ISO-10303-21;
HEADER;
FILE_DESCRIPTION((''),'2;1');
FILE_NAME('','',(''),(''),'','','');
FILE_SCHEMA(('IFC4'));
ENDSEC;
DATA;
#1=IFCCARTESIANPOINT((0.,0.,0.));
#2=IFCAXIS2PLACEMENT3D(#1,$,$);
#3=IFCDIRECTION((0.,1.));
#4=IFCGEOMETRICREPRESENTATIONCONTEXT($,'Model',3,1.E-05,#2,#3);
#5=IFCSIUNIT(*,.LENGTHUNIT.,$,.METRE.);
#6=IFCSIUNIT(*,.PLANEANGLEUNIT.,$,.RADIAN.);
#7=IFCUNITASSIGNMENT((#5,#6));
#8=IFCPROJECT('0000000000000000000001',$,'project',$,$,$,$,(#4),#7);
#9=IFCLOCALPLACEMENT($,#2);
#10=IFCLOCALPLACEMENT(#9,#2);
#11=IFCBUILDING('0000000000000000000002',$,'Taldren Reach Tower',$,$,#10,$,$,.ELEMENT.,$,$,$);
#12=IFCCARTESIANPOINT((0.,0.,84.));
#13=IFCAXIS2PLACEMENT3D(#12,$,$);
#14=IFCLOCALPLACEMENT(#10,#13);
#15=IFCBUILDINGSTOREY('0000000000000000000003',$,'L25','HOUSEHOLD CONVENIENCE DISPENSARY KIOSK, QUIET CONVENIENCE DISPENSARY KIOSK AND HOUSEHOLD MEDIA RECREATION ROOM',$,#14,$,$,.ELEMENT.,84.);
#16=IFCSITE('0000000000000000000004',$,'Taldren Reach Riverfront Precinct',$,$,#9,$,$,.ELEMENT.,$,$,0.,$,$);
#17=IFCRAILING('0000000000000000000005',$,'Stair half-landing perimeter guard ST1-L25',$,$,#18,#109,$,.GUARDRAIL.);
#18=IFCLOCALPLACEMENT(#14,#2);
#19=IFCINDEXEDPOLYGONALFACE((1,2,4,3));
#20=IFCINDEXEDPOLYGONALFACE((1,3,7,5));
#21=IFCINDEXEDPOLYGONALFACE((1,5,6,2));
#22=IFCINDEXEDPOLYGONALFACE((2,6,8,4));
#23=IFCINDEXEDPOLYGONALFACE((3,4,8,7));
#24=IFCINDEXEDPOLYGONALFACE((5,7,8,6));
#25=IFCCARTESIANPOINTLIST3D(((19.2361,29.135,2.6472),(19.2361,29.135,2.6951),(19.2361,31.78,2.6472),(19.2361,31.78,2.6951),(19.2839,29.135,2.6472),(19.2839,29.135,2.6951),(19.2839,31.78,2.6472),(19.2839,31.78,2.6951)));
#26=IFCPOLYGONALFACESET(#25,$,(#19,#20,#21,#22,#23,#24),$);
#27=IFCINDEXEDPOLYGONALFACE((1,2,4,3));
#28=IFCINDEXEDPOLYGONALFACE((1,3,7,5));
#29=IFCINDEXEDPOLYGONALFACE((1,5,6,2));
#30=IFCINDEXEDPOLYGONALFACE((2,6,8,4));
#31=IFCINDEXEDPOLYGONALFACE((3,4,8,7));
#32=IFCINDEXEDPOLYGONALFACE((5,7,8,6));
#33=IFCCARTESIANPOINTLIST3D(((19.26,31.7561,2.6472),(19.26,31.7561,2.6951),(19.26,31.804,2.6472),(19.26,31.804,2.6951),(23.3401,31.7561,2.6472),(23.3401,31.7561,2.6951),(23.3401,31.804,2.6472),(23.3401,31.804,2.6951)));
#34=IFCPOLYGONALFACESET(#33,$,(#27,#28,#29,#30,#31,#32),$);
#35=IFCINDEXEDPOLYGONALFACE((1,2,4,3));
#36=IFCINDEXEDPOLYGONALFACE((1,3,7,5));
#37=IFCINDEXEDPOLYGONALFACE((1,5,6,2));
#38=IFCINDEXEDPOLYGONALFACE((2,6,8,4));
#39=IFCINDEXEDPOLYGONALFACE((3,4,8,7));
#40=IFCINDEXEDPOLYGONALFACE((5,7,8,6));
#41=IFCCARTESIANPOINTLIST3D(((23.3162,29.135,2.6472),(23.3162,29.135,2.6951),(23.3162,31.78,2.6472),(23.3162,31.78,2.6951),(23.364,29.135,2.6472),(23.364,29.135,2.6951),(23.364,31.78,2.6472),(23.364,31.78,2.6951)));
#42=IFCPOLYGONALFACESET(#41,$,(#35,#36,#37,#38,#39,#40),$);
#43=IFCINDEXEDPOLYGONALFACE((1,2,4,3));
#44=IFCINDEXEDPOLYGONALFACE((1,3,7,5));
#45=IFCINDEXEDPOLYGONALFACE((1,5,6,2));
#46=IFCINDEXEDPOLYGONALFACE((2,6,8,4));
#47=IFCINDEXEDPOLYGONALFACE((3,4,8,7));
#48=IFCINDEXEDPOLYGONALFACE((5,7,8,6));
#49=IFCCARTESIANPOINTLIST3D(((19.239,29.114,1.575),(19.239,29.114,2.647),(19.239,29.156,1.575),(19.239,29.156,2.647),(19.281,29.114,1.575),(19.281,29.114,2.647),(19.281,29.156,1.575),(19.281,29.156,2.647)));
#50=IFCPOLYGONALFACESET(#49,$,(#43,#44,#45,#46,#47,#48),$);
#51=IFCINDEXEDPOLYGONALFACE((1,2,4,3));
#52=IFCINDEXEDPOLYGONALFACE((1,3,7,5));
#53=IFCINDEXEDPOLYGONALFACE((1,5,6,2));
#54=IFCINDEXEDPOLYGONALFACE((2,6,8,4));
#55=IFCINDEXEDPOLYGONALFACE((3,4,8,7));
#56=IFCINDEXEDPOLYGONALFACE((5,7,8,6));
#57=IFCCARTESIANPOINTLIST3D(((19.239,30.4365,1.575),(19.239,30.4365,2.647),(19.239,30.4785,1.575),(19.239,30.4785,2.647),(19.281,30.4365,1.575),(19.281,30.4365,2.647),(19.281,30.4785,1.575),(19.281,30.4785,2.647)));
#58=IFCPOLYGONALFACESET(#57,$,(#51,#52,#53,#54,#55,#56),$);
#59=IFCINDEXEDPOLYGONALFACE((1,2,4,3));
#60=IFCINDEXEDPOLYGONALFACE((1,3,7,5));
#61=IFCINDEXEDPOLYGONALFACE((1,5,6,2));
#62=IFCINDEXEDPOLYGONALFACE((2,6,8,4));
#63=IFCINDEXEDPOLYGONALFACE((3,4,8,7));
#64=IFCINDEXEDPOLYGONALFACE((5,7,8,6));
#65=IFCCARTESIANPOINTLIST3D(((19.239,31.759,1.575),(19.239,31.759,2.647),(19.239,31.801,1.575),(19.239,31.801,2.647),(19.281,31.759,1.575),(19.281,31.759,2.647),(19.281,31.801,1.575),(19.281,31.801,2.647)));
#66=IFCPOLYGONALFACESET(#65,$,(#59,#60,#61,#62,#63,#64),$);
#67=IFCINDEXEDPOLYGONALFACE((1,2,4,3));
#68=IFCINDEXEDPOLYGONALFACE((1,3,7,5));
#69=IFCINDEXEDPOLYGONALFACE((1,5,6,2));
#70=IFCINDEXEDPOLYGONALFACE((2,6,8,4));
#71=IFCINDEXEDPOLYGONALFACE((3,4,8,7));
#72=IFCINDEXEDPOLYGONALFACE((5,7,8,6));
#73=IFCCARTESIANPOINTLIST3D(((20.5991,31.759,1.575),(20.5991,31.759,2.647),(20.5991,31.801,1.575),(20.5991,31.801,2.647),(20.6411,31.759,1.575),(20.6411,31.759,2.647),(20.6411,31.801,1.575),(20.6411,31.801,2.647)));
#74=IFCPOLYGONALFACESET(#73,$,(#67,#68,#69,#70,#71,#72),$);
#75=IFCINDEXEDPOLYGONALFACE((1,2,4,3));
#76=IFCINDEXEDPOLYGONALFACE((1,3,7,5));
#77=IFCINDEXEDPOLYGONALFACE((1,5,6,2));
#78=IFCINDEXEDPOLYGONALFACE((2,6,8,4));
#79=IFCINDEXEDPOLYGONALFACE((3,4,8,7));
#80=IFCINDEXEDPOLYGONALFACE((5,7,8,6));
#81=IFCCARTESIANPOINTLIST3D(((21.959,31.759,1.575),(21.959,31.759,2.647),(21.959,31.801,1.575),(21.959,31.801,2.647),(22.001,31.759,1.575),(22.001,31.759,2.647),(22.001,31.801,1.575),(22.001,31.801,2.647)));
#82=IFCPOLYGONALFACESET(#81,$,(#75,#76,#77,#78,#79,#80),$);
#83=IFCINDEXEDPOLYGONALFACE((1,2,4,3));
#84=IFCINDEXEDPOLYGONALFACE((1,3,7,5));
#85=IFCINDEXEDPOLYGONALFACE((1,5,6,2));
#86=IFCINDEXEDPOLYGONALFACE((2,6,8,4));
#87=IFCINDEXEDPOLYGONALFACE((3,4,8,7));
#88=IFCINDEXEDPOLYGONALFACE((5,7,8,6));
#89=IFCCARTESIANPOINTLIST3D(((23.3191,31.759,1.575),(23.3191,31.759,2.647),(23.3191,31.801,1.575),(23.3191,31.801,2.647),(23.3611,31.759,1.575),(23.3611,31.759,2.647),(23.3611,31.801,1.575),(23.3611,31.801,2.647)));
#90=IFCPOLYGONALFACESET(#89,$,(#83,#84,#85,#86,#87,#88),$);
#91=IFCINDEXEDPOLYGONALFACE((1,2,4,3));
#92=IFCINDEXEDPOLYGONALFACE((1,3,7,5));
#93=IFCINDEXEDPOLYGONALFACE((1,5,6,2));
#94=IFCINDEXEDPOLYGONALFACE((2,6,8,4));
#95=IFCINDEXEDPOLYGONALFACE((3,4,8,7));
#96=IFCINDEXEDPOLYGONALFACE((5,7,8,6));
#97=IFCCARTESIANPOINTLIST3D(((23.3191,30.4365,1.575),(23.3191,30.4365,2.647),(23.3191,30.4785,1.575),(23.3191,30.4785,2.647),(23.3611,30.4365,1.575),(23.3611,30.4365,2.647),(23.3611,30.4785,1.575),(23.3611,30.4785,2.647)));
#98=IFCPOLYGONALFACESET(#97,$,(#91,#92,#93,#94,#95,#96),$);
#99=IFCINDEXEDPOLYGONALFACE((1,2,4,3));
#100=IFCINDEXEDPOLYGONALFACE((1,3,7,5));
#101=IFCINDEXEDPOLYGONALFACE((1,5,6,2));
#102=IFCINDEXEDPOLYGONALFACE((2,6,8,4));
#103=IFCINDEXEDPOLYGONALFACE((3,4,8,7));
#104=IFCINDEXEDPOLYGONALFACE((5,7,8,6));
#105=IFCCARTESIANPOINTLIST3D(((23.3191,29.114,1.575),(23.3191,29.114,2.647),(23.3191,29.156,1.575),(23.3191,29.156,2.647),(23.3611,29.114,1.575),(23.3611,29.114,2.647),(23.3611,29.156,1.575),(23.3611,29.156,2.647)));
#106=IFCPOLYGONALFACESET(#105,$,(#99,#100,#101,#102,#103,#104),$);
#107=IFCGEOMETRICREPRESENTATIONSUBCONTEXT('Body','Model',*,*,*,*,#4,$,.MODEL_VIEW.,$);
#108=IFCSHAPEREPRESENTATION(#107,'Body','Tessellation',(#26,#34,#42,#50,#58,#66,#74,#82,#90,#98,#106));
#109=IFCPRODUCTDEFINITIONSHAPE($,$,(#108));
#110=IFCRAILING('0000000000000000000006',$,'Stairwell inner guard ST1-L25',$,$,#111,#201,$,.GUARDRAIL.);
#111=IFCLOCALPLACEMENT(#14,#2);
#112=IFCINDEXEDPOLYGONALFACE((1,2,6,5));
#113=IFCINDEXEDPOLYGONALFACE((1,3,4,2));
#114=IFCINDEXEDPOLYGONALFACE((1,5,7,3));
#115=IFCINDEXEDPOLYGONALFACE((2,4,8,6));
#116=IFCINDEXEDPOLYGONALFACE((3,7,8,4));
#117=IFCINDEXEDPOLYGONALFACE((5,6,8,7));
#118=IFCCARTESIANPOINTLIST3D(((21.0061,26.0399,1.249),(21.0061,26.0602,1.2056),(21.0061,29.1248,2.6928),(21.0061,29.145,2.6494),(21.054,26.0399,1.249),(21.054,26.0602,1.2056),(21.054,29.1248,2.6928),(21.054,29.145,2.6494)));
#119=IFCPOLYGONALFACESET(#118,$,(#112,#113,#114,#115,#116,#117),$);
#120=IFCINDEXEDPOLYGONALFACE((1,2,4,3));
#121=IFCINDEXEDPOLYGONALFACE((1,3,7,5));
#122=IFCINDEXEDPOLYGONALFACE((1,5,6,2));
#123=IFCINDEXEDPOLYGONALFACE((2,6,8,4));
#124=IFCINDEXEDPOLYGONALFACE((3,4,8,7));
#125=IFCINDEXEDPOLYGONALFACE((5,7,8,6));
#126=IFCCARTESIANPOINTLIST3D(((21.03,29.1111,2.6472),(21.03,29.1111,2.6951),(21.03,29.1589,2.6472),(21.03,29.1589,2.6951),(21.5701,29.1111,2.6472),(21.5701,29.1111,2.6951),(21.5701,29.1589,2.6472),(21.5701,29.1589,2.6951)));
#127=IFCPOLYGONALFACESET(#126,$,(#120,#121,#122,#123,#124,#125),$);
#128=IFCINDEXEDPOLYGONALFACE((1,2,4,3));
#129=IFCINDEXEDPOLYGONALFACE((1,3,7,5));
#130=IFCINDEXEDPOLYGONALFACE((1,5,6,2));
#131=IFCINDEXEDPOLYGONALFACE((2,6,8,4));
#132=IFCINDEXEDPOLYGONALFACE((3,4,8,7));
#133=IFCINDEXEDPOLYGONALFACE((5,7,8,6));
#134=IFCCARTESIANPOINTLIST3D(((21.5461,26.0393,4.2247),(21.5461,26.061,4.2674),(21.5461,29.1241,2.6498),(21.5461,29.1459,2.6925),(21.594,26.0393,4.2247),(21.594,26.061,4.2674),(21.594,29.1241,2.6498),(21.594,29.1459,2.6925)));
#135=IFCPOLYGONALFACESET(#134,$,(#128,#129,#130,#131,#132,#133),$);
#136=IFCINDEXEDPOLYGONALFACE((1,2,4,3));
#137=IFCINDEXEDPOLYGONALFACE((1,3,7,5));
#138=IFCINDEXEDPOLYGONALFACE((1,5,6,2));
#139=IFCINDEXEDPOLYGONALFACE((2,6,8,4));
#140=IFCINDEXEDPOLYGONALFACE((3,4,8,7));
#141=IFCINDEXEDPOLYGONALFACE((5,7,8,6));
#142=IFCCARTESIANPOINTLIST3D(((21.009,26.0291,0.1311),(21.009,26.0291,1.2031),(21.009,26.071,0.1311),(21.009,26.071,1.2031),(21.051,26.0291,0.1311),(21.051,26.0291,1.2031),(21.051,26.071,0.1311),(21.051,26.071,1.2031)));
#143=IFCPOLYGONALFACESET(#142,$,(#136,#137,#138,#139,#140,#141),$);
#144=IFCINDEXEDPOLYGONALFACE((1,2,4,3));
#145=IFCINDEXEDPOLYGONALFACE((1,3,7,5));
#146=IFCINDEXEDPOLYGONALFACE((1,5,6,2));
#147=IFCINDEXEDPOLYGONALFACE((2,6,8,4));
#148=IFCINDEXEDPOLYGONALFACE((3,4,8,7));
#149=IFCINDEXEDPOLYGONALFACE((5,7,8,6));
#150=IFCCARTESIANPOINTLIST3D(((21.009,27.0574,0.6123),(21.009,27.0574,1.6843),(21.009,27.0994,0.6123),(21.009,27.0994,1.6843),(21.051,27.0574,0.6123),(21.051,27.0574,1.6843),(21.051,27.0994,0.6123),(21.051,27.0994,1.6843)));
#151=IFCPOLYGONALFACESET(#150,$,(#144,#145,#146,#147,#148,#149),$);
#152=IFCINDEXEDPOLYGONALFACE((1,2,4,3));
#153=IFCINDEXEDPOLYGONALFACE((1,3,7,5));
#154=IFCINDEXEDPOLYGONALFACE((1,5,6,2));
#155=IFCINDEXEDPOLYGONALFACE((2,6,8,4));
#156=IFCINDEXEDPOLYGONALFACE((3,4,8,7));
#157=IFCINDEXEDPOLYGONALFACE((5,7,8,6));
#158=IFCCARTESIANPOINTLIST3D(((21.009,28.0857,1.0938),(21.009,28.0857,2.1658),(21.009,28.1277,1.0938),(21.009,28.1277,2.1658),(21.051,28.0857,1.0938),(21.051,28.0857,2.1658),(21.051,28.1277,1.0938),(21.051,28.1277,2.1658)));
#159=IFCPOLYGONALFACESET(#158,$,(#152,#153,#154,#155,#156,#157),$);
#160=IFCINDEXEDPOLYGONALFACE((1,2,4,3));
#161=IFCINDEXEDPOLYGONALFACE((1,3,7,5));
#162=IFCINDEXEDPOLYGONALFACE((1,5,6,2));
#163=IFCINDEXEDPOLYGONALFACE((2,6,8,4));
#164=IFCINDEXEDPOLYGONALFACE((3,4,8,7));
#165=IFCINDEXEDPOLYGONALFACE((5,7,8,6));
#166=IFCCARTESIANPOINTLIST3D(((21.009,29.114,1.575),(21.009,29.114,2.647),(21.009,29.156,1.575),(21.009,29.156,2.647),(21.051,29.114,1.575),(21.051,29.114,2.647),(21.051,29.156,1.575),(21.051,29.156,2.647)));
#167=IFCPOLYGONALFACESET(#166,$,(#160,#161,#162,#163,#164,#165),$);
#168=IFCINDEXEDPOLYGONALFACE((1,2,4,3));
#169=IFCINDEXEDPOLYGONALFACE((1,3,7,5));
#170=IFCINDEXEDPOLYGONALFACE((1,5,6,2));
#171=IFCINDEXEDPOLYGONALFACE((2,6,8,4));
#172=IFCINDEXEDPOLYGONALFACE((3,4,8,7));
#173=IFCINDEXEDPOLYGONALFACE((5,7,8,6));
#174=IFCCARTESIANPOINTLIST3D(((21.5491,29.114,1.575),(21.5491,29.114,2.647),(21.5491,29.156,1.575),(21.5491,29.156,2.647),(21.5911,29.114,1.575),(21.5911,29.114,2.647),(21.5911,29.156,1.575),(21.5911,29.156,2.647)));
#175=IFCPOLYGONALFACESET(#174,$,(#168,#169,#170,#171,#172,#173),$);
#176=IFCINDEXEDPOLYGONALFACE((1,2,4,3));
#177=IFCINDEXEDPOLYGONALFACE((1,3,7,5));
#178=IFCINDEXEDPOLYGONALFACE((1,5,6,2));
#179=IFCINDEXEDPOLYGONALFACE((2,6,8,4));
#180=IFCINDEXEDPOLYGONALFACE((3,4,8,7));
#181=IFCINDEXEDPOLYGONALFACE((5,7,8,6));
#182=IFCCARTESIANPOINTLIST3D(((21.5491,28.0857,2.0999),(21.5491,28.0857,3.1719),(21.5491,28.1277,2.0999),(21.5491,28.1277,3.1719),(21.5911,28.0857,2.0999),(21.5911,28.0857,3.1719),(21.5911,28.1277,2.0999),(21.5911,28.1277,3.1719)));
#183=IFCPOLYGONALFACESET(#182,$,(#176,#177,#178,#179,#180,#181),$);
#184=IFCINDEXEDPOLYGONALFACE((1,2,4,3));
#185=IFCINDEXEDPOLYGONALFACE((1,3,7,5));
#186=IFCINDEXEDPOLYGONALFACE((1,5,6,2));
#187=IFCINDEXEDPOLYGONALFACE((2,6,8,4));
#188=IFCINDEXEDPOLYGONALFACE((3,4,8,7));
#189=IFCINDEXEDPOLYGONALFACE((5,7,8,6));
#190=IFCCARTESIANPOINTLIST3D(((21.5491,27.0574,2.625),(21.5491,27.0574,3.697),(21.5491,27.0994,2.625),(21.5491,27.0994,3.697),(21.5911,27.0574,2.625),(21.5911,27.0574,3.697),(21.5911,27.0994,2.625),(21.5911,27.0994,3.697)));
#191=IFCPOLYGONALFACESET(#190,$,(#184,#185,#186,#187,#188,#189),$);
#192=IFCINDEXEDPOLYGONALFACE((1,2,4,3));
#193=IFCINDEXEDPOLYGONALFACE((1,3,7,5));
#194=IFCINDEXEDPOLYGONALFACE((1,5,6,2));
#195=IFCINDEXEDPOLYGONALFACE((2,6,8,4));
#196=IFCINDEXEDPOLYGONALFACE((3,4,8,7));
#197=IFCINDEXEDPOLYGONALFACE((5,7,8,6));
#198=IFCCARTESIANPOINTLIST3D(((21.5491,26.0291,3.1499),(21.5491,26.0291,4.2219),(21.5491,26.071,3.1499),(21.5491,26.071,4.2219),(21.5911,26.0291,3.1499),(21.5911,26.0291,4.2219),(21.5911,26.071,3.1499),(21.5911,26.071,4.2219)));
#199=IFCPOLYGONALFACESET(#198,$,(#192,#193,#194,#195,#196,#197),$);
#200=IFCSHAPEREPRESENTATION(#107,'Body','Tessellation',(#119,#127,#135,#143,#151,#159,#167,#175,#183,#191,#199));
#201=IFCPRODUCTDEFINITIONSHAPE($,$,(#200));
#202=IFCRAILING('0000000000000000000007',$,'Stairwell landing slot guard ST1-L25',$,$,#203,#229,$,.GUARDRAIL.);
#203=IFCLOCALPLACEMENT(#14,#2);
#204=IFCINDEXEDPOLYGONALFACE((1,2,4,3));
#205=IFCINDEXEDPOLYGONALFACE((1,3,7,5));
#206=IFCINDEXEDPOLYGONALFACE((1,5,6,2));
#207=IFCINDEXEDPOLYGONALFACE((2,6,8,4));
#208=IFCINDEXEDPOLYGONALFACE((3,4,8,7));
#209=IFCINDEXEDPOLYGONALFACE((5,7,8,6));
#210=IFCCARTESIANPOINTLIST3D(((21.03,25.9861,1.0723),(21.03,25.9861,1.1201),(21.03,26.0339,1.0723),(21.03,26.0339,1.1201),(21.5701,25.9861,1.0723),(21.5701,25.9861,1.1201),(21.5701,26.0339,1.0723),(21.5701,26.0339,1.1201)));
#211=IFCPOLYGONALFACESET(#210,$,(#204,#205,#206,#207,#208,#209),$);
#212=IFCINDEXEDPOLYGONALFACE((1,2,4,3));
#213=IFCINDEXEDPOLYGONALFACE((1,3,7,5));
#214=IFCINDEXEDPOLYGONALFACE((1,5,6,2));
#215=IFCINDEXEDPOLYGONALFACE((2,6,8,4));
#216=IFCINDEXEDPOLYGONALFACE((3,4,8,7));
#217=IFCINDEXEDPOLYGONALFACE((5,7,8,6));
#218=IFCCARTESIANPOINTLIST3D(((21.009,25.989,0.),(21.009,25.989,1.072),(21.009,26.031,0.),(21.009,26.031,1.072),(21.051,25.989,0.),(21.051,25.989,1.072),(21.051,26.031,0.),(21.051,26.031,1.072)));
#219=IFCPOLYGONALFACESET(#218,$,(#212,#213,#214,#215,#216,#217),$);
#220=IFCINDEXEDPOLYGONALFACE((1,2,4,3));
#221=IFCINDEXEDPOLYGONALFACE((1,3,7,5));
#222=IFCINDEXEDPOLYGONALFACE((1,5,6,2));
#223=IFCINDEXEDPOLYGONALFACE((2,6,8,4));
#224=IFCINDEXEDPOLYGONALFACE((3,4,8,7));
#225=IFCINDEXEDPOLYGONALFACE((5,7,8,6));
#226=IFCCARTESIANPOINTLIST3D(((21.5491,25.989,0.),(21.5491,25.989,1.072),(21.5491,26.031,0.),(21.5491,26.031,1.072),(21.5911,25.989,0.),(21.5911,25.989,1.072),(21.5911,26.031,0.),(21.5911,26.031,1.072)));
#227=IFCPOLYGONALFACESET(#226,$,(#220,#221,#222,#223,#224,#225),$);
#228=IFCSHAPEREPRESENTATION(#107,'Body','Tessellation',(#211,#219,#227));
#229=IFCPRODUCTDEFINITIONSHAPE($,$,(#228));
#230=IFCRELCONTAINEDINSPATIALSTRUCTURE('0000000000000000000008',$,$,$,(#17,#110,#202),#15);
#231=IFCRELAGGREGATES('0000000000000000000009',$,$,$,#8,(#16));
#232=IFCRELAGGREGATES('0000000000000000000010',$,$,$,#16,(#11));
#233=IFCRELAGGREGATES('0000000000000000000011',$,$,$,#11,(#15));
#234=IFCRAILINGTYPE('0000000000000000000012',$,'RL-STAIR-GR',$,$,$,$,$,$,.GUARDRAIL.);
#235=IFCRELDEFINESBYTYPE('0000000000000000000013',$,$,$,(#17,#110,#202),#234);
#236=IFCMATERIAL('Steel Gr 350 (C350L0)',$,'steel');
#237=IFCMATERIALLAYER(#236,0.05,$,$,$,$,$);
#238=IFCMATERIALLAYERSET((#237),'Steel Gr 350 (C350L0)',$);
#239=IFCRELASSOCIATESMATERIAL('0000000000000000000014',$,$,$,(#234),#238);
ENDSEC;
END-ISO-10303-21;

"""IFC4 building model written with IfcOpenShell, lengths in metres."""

from ifc_helpers import new_model, si_unit, direction, frame, origin, origin_2d, place, context, subcontext, project, spatial, rectangle, extrude, material, layer, layer_set, type_object, element, save


model = new_model("IFC4")

# Units and contexts
model_context = context("Model", 3, precision=1e-05, world=origin(), true_north=direction((0.0, 1.0)))
body_context = subcontext(model_context, "Body", "Model", "MODEL_VIEW")
ifc_project = project(units=[si_unit("LENGTHUNIT", "METRE"), si_unit("PLANEANGLEUNIT", "RADIAN")], contexts=[model_context])

# Site, building, storey
site_placement = place(None, origin())
site = spatial("IfcSite", under=ifc_project, at=site_placement, Name="Taldren Reach Riverfront Precinct", CompositionType="ELEMENT", RefElevation=0.0)
building_placement = place(site_placement, origin())
building = spatial("IfcBuilding", under=site, at=building_placement, Name="Taldren Reach Tower", CompositionType="ELEMENT")
storey_placement = place(building_placement, frame((0.0, 0.0, 84.0)))
storey = spatial("IfcBuildingStorey", under=building, at=storey_placement, Name="L25", Description="HOUSEHOLD CONVENIENCE DISPENSARY KIOSK, QUIET CONVENIENCE DISPENSARY KIOSK AND HOUSEHOLD MEDIA RECREATION ROOM", CompositionType="ELEMENT", Elevation=84.0)

# Railings
ifc_material_1 = material(Name="Steel Gr 350 (C350L0)", Category="steel")
ifc_layer_1 = layer(ifc_material_1, 0.05)
ifc_layer_set_1 = layer_set([ifc_layer_1], Name="Steel Gr 350 (C350L0)")
railing_type_1 = type_object("IfcRailingType", Name="RL-STAIR-GR", PredefinedType="GUARDRAIL", material=ifc_layer_set_1)
railing_1_placement = place(storey_placement, frame((19.26, 29.135, 1.575)))
element("IfcRailing", 1, at=railing_1_placement, inside=storey, type_object=railing_type_1, Name="Stair half-landing perimeter guard ST1-L25", PredefinedType="GUARDRAIL", context=body_context, shape_type="SweptSolid", body=[
    extrude(rectangle(XDim=0.0479, YDim=0.0479, at=origin_2d()), frame((0.0, 0.0, 1.0962), z_axis=(0.0, 1.0, 0.0), x_axis=(-1.0, 0.0, 0.0)), (0.0, 0.0, 1.0), 2.645),
    extrude(rectangle(XDim=0.0479, YDim=0.0479, at=origin_2d()), frame((0.0, 2.645, 1.0962), z_axis=(1.0, 0.0, 0.0), x_axis=(0.0, 1.0, 0.0)), (0.0, 0.0, 1.0), 4.0801),
    extrude(rectangle(XDim=0.0479, YDim=0.0479, at=origin_2d()), frame((4.0801, 2.645, 1.0962), z_axis=(0.0, -1.0, 0.0), x_axis=(1.0, 0.0, 0.0)), (0.0, 0.0, 1.0), 2.645),
    extrude(rectangle(XDim=0.042, YDim=0.042, at=origin_2d()), origin(), (0.0, 0.0, 1.0), 1.072),
    extrude(rectangle(XDim=0.042, YDim=0.042, at=origin_2d()), frame((0.0, 1.3225, 0.0)), (0.0, 0.0, 1.0), 1.072),
    extrude(rectangle(XDim=0.042, YDim=0.042, at=origin_2d()), frame((0.0, 2.645, 0.0)), (0.0, 0.0, 1.0), 1.072),
    extrude(rectangle(XDim=0.042, YDim=0.042, at=origin_2d()), frame((1.3601, 2.645, 0.0)), (0.0, 0.0, 1.0), 1.072),
    extrude(rectangle(XDim=0.042, YDim=0.042, at=origin_2d()), frame((2.72, 2.645, 0.0)), (0.0, 0.0, 1.0), 1.072),
    extrude(rectangle(XDim=0.042, YDim=0.042, at=origin_2d()), frame((4.0801, 2.645, 0.0)), (0.0, 0.0, 1.0), 1.072),
    extrude(rectangle(XDim=0.042, YDim=0.042, at=origin_2d()), frame((4.0801, 1.3225, 0.0)), (0.0, 0.0, 1.0), 1.072),
    extrude(rectangle(XDim=0.042, YDim=0.042, at=origin_2d()), frame((4.0801, 0.0, 0.0)), (0.0, 0.0, 1.0), 1.072),
])
railing_2_placement = place(storey_placement, frame((21.03, 26.05, 0.1311)))
element("IfcRailing", 2, at=railing_2_placement, inside=storey, type_object=railing_type_1, Name="Stairwell inner guard ST1-L25", PredefinedType="GUARDRAIL", context=body_context, shape_type="SweptSolid", body=[
    extrude(rectangle(XDim=0.0479, YDim=0.0479, at=origin_2d()), frame((0.0, 0.0, 1.0962), z_axis=(0.0, 0.90571, 0.423898), x_axis=(-1.0, 0.0, 0.0)), (0.0, 0.0, 1.0), 3.406),
    extrude(rectangle(XDim=0.0479, YDim=0.0479, at=origin_2d()), frame((0.0, 3.085, 2.54), z_axis=(1.0, 0.0, 0.0), x_axis=(0.0, 1.0, 0.0)), (0.0, 0.0, 1.0), 0.54),
    extrude(rectangle(XDim=0.0479, YDim=0.0479, at=origin_2d()), frame((0.54, 3.085, 2.54), z_axis=(0.0, -0.890646, 0.454697), x_axis=(1.0, 0.0, 0.0)), (0.0, 0.0, 1.0), 3.4636),
    extrude(rectangle(XDim=0.042, YDim=0.042, at=origin_2d()), origin(), (0.0, 0.0, 1.0), 1.072),
    extrude(rectangle(XDim=0.042, YDim=0.042, at=origin_2d()), frame((0.0, 1.0283, 0.4812)), (0.0, 0.0, 1.0), 1.072),
    extrude(rectangle(XDim=0.042, YDim=0.042, at=origin_2d()), frame((0.0, 2.0566, 0.9626)), (0.0, 0.0, 1.0), 1.072),
    extrude(rectangle(XDim=0.042, YDim=0.042, at=origin_2d()), frame((0.0, 3.085, 1.4438)), (0.0, 0.0, 1.0), 1.072),
    extrude(rectangle(XDim=0.042, YDim=0.042, at=origin_2d()), frame((0.54, 3.085, 1.4438)), (0.0, 0.0, 1.0), 1.072),
    extrude(rectangle(XDim=0.042, YDim=0.042, at=origin_2d()), frame((0.54, 2.0566, 1.9688)), (0.0, 0.0, 1.0), 1.072),
    extrude(rectangle(XDim=0.042, YDim=0.042, at=origin_2d()), frame((0.54, 1.0283, 2.4939)), (0.0, 0.0, 1.0), 1.072),
    extrude(rectangle(XDim=0.042, YDim=0.042, at=origin_2d()), frame((0.54, 0.0, 3.0188)), (0.0, 0.0, 1.0), 1.072),
])
railing_3_placement = place(storey_placement, frame((21.03, 26.01, 0.0)))
element("IfcRailing", 3, at=railing_3_placement, inside=storey, type_object=railing_type_1, Name="Stairwell landing slot guard ST1-L25", PredefinedType="GUARDRAIL", context=body_context, shape_type="SweptSolid", body=[
    extrude(rectangle(XDim=0.0479, YDim=0.0479, at=origin_2d()), frame((0.0, 0.0, 1.0962), z_axis=(1.0, 0.0, 0.0), x_axis=(0.0, 1.0, 0.0)), (0.0, 0.0, 1.0), 0.54),
    extrude(rectangle(XDim=0.042, YDim=0.042, at=origin_2d()), origin(), (0.0, 0.0, 1.0), 1.072),
    extrude(rectangle(XDim=0.042, YDim=0.042, at=origin_2d()), frame((0.54, 0.0, 0.0)), (0.0, 0.0, 1.0), 1.072),
])

save(model, "model.ifc")
